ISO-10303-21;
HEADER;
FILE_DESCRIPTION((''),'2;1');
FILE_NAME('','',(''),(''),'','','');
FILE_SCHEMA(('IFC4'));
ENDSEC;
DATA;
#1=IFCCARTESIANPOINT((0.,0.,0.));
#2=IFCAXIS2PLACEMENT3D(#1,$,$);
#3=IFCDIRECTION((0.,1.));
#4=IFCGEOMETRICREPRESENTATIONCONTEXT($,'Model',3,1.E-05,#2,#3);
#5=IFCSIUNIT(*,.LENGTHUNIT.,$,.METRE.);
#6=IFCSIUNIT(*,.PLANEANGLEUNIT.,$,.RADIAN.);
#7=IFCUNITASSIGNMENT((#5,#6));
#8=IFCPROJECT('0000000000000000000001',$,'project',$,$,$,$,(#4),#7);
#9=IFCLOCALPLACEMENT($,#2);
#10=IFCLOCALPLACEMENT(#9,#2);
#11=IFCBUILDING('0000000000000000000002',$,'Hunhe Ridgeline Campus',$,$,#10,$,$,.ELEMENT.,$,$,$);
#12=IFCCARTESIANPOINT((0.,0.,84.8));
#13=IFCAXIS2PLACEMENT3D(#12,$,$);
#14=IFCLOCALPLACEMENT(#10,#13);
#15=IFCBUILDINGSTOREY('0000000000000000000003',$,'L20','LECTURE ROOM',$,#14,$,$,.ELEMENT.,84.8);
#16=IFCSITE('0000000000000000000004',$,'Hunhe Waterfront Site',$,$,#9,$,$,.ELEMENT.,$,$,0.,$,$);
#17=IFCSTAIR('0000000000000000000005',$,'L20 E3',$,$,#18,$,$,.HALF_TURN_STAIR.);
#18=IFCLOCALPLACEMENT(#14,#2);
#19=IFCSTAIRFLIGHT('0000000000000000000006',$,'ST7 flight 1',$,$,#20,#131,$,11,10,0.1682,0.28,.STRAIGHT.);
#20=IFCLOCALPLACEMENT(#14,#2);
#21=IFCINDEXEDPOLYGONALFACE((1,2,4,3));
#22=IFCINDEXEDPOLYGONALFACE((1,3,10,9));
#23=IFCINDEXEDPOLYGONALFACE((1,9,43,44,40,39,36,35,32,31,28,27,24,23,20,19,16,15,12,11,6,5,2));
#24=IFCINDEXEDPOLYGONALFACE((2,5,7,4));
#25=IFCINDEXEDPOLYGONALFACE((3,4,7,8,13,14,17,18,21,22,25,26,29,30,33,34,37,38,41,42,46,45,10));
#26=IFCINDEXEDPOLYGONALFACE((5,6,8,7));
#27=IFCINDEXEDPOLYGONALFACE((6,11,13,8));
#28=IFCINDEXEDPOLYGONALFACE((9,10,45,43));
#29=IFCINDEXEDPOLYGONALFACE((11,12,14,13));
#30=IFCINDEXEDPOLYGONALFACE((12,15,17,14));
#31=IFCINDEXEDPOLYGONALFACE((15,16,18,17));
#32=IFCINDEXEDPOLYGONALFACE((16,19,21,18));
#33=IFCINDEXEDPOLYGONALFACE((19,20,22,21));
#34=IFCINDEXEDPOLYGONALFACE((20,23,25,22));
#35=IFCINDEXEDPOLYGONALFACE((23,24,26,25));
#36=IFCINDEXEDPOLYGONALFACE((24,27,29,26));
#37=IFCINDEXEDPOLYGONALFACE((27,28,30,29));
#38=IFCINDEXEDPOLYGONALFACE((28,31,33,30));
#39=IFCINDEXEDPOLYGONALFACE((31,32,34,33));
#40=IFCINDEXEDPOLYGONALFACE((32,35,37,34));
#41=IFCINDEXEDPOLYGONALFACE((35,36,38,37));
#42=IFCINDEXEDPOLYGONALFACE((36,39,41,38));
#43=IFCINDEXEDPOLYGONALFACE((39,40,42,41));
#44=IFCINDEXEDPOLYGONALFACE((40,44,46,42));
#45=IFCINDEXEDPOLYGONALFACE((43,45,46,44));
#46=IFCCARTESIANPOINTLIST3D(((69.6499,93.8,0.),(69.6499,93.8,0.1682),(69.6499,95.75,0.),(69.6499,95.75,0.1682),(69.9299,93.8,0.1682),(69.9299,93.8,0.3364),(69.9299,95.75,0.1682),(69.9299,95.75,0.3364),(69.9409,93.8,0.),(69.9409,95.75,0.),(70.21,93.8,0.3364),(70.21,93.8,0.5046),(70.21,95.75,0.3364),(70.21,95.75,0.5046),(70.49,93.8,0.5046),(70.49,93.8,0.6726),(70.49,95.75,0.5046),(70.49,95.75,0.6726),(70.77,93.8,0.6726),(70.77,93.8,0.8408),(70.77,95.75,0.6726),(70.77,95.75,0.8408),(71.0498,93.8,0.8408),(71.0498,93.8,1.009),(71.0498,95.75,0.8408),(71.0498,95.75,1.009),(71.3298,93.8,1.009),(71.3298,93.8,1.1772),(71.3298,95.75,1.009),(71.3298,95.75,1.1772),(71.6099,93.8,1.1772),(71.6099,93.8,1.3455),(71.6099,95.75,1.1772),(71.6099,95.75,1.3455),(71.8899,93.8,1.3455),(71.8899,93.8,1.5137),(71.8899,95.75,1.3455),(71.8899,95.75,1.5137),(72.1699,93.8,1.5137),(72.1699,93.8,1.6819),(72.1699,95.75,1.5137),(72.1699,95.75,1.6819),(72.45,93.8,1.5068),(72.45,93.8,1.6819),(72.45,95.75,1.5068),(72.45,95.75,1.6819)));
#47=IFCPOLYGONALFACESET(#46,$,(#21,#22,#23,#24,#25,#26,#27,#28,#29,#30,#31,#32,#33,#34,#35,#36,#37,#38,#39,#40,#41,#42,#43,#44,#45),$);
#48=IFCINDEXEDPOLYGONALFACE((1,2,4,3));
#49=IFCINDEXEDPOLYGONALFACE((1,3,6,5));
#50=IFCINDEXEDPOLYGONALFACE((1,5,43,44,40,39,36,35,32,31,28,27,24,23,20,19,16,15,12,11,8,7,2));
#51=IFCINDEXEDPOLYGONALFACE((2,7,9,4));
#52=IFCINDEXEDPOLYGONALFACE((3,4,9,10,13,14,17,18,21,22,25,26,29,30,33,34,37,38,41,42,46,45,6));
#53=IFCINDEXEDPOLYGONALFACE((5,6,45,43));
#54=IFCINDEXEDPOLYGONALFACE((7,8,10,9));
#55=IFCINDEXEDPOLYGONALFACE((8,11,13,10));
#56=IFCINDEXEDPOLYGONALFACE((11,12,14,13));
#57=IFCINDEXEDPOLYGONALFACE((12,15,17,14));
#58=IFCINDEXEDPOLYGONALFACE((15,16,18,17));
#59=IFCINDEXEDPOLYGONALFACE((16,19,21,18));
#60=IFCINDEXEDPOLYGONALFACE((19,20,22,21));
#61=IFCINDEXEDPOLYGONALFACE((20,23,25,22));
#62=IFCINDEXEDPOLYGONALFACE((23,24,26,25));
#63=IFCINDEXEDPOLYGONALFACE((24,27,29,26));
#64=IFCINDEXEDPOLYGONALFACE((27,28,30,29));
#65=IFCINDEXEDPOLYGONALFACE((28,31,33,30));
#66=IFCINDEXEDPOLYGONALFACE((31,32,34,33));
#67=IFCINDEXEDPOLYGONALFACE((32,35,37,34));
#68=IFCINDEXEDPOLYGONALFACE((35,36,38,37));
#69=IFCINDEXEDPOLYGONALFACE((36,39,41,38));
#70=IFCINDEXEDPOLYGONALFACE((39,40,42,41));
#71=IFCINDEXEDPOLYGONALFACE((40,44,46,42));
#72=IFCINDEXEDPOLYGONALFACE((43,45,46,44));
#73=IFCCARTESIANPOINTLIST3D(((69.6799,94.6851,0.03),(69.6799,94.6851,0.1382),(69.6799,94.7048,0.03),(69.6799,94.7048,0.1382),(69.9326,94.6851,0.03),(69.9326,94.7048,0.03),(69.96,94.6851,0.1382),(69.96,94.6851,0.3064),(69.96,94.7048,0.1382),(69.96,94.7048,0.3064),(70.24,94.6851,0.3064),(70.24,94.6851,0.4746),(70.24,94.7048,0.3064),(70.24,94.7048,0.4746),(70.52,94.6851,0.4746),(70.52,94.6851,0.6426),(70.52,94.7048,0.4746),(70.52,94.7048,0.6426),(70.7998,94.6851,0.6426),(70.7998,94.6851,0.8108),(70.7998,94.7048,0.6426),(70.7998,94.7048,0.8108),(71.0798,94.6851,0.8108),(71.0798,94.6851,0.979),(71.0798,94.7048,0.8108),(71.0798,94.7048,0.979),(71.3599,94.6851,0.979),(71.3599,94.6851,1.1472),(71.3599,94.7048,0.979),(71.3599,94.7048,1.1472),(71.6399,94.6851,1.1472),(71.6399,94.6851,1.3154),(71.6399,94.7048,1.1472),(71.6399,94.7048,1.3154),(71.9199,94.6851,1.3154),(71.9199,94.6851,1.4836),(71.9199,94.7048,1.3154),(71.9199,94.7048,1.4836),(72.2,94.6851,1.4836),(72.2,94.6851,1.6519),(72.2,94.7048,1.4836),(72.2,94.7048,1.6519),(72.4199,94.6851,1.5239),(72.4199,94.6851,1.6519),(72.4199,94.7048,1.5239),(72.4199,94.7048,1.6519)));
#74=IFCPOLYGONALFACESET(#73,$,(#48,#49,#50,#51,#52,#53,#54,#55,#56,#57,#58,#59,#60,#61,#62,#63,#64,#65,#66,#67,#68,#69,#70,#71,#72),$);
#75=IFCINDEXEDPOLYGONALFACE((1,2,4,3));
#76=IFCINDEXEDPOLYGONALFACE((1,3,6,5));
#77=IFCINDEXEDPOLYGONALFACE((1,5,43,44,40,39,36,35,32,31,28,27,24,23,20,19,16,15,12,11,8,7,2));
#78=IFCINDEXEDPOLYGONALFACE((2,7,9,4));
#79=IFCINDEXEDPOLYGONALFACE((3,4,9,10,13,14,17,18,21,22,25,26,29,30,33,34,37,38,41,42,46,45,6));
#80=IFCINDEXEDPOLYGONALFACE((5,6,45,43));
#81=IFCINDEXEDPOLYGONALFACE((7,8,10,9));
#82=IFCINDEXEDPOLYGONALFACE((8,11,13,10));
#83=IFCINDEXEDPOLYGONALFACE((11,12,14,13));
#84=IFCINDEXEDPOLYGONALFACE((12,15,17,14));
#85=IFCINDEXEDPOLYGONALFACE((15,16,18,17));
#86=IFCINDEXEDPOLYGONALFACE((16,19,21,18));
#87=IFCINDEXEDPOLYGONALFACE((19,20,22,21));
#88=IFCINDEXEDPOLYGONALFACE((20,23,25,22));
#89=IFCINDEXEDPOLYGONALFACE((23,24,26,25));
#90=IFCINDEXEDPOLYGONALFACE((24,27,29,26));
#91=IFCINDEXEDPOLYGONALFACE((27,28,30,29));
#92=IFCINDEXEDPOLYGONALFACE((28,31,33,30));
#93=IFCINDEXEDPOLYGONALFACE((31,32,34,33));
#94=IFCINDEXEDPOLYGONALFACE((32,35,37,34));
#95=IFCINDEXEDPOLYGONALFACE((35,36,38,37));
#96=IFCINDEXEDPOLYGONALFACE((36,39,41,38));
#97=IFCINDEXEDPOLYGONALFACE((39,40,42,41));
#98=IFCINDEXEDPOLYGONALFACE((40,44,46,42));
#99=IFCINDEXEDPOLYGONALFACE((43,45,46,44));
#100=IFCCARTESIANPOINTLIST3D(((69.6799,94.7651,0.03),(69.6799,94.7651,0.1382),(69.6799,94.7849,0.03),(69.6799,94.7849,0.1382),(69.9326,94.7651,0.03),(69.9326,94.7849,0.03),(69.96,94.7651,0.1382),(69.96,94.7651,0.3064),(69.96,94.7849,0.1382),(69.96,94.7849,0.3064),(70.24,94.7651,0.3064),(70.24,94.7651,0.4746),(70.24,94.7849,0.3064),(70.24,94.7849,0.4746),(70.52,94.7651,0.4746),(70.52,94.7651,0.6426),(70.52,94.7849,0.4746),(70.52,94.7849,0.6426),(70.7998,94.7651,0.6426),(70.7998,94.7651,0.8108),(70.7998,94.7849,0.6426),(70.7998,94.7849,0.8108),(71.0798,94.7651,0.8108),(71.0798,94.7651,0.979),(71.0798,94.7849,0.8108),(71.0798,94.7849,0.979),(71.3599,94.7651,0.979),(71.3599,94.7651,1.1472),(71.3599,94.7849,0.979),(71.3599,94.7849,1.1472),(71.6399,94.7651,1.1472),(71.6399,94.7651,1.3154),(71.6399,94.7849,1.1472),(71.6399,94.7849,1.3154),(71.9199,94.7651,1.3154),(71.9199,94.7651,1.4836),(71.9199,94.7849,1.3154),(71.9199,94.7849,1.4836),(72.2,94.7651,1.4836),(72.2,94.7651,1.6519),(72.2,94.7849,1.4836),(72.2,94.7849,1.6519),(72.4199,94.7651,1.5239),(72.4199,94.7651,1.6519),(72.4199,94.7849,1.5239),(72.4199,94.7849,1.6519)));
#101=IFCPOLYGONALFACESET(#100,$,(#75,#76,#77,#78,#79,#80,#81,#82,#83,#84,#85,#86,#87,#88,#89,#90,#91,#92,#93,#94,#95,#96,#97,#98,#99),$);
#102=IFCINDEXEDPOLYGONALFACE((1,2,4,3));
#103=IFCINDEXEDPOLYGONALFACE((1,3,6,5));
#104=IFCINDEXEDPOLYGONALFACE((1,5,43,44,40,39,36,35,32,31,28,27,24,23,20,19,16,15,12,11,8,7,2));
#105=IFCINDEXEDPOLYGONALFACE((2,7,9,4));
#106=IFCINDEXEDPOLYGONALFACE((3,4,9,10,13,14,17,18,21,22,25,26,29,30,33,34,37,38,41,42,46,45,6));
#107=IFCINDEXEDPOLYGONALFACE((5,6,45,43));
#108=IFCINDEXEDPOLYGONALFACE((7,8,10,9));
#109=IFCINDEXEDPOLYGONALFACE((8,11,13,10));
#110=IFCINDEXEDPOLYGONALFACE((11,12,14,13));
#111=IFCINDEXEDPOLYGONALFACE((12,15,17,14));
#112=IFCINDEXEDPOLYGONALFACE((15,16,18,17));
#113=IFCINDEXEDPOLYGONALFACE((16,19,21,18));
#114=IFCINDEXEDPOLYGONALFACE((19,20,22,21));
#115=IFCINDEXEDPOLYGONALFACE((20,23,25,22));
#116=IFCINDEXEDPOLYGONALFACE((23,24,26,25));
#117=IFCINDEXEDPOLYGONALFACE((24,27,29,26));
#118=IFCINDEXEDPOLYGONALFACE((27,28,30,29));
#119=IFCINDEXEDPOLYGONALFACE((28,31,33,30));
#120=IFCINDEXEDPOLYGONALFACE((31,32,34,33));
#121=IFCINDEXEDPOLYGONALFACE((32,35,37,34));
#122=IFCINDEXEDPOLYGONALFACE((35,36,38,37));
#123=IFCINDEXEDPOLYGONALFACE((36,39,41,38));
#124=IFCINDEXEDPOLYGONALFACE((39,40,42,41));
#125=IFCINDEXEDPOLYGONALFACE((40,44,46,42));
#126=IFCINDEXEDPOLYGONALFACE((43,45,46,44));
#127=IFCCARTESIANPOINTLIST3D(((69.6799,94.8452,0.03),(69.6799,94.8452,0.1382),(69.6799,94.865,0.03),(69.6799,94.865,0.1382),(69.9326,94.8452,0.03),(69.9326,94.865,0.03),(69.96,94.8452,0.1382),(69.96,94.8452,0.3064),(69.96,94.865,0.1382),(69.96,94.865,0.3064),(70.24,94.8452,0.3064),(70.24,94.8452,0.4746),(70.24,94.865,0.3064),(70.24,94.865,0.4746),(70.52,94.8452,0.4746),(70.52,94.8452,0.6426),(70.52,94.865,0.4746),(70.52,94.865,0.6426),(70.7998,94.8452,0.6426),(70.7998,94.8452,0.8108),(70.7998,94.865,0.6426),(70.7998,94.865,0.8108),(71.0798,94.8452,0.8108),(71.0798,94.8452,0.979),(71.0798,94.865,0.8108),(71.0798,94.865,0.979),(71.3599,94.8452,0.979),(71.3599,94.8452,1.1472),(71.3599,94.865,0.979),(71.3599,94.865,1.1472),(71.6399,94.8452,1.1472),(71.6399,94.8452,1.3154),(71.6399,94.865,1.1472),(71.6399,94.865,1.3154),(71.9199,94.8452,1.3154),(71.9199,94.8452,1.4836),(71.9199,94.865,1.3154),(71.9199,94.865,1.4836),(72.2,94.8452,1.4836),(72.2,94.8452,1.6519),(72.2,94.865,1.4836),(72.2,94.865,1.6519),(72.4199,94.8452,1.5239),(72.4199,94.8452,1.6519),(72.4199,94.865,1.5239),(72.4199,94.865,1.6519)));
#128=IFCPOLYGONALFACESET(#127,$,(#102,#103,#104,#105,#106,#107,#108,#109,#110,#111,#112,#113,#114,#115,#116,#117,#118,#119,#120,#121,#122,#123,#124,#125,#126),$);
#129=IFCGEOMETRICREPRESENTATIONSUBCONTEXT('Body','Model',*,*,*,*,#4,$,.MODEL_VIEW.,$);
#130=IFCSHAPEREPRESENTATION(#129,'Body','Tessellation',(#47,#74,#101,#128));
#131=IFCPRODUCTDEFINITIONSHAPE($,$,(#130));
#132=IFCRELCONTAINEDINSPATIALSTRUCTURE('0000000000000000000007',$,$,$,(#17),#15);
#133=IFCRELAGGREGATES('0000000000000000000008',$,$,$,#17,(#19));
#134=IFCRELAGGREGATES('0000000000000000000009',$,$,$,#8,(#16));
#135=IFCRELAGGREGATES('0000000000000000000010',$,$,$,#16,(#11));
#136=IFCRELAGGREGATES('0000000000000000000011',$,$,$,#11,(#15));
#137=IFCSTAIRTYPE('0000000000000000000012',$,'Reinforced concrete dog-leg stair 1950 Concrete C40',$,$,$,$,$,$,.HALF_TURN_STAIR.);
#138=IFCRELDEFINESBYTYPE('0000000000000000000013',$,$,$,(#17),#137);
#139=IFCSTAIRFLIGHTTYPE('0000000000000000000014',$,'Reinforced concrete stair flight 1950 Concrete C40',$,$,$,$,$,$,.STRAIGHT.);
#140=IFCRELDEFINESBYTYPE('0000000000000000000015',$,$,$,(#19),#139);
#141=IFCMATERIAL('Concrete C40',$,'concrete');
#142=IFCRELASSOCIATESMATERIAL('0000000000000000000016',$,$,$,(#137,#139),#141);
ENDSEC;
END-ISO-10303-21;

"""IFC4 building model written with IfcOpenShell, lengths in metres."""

from ifc_helpers import new_model, si_unit, direction, frame, origin, place, context, subcontext, project, spatial, polyline, outline, extrude, material, type_object, element, aggregate, save


model = new_model("IFC4")

# Units and contexts
model_context = context("Model", 3, precision=1e-05, world=origin(), true_north=direction((0.0, 1.0)))
body_context = subcontext(model_context, "Body", "Model", "MODEL_VIEW")
ifc_project = project(units=[si_unit("LENGTHUNIT", "METRE"), si_unit("PLANEANGLEUNIT", "RADIAN")], contexts=[model_context])

# Site, building, storey
site_placement = place(None, origin())
site = spatial("IfcSite", under=ifc_project, at=site_placement, Name="Hunhe Waterfront Site", CompositionType="ELEMENT", RefElevation=0.0)
building_placement = place(site_placement, origin())
building = spatial("IfcBuilding", under=site, at=building_placement, Name="Hunhe Ridgeline Campus", CompositionType="ELEMENT")
storey_placement = place(building_placement, frame((0.0, 0.0, 84.8)))
storey = spatial("IfcBuildingStorey", under=building, at=storey_placement, Name="L20", Description="LECTURE ROOM", CompositionType="ELEMENT", Elevation=84.8)

# Shared definitions
ifc_material_1 = material(Name="Concrete C40", Category="concrete")
stair_type = type_object("IfcStairType", Name="Reinforced concrete dog-leg stair 1950 Concrete C40", PredefinedType="HALF_TURN_STAIR", material=ifc_material_1)
stair_flight_type = type_object("IfcStairFlightType", Name="Reinforced concrete stair flight 1950 Concrete C40", PredefinedType="STRAIGHT", material=ifc_material_1)

# Stair, stair flight
stair_1_placement = place(storey_placement, origin())
stair_1 = element("IfcStair", 1, at=stair_1_placement, inside=storey, type_object=stair_type, Name="L20 E3", PredefinedType="HALF_TURN_STAIR")
stair_flight_1_placement = place(storey_placement, frame((69.6499, 94.7749, 0.0), z_axis=(0.0, 0.0, 1.0), x_axis=(1.0, 0.0, 0.0)))
stair_flight_1 = element("IfcStairFlight", 2, at=stair_flight_1_placement, type_object=stair_flight_type, Name="ST7 flight 1", NumberOfRisers=11, NumberOfTreads=10, PredefinedType="STRAIGHT", RiserHeight=0.1682, TreadLength=0.28, context=body_context, shape_type="SweptSolid", body=[
    extrude(outline(polyline([(0.0, 0.0), (0.0, 0.1682), (0.28, 0.1682), (0.28, 0.3364), (0.5601, 0.3364), (0.5601, 0.5046), (0.8401, 0.5046), (0.8401, 0.6726), (1.1201, 0.6726), (1.1201, 0.8408), (1.3999, 0.8408), (1.3999, 1.009), (1.6799, 1.009), (1.6799, 1.1772), (1.96, 1.1772), (1.96, 1.3455), (2.24, 1.3455), (2.24, 1.5137), (2.52, 1.5137), (2.52, 1.6819), (2.8, 1.6819), (2.8, 1.8501), (2.8, 1.5068), (0.291, 0.0), (0.0, 0.0)])), frame((0.0, 0.9751, 0.0), z_axis=(0.0, -1.0, 0.0), x_axis=(1.0, 0.0, 0.0)), (0.0, 0.0, 1.0), 1.95),
    extrude(outline(polyline([(0.03, 0.03), (0.03, 0.1382), (0.3101, 0.1382), (0.3101, 0.3064), (0.5901, 0.3064), (0.5901, 0.4746), (0.8701, 0.4746), (0.8701, 0.6426), (1.1499, 0.6426), (1.1499, 0.8108), (1.4299, 0.8108), (1.4299, 0.979), (1.71, 0.979), (1.71, 1.1472), (1.99, 1.1472), (1.99, 1.3154), (2.27, 1.3154), (2.27, 1.4836), (2.55, 1.4836), (2.55, 1.6519), (2.77, 1.6519), (2.77, 1.5239), (0.2827, 0.03), (0.03, 0.03)])), frame((0.0, -0.0701, 0.0), z_axis=(0.0, -1.0, 0.0), x_axis=(1.0, 0.0, 0.0)), (0.0, 0.0, 1.0), 0.0198),
    extrude(outline(polyline([(0.03, 0.03), (0.03, 0.1382), (0.3101, 0.1382), (0.3101, 0.3064), (0.5901, 0.3064), (0.5901, 0.4746), (0.8701, 0.4746), (0.8701, 0.6426), (1.1499, 0.6426), (1.1499, 0.8108), (1.4299, 0.8108), (1.4299, 0.979), (1.71, 0.979), (1.71, 1.1472), (1.99, 1.1472), (1.99, 1.3154), (2.27, 1.3154), (2.27, 1.4836), (2.55, 1.4836), (2.55, 1.6519), (2.77, 1.6519), (2.77, 1.5239), (0.2827, 0.03), (0.03, 0.03)])), frame((0.0, 0.01, 0.0), z_axis=(0.0, -1.0, 0.0), x_axis=(1.0, 0.0, 0.0)), (0.0, 0.0, 1.0), 0.0198),
    extrude(outline(polyline([(0.03, 0.03), (0.03, 0.1382), (0.3101, 0.1382), (0.3101, 0.3064), (0.5901, 0.3064), (0.5901, 0.4746), (0.8701, 0.4746), (0.8701, 0.6426), (1.1499, 0.6426), (1.1499, 0.8108), (1.4299, 0.8108), (1.4299, 0.979), (1.71, 0.979), (1.71, 1.1472), (1.99, 1.1472), (1.99, 1.3154), (2.27, 1.3154), (2.27, 1.4836), (2.55, 1.4836), (2.55, 1.6519), (2.77, 1.6519), (2.77, 1.5239), (0.2827, 0.03), (0.03, 0.03)])), frame((0.0, 0.0901, 0.0), z_axis=(0.0, -1.0, 0.0), x_axis=(1.0, 0.0, 0.0)), (0.0, 0.0, 1.0), 0.0198),
])
aggregate(stair_1, [stair_flight_1])

save(model, "model.ifc")
